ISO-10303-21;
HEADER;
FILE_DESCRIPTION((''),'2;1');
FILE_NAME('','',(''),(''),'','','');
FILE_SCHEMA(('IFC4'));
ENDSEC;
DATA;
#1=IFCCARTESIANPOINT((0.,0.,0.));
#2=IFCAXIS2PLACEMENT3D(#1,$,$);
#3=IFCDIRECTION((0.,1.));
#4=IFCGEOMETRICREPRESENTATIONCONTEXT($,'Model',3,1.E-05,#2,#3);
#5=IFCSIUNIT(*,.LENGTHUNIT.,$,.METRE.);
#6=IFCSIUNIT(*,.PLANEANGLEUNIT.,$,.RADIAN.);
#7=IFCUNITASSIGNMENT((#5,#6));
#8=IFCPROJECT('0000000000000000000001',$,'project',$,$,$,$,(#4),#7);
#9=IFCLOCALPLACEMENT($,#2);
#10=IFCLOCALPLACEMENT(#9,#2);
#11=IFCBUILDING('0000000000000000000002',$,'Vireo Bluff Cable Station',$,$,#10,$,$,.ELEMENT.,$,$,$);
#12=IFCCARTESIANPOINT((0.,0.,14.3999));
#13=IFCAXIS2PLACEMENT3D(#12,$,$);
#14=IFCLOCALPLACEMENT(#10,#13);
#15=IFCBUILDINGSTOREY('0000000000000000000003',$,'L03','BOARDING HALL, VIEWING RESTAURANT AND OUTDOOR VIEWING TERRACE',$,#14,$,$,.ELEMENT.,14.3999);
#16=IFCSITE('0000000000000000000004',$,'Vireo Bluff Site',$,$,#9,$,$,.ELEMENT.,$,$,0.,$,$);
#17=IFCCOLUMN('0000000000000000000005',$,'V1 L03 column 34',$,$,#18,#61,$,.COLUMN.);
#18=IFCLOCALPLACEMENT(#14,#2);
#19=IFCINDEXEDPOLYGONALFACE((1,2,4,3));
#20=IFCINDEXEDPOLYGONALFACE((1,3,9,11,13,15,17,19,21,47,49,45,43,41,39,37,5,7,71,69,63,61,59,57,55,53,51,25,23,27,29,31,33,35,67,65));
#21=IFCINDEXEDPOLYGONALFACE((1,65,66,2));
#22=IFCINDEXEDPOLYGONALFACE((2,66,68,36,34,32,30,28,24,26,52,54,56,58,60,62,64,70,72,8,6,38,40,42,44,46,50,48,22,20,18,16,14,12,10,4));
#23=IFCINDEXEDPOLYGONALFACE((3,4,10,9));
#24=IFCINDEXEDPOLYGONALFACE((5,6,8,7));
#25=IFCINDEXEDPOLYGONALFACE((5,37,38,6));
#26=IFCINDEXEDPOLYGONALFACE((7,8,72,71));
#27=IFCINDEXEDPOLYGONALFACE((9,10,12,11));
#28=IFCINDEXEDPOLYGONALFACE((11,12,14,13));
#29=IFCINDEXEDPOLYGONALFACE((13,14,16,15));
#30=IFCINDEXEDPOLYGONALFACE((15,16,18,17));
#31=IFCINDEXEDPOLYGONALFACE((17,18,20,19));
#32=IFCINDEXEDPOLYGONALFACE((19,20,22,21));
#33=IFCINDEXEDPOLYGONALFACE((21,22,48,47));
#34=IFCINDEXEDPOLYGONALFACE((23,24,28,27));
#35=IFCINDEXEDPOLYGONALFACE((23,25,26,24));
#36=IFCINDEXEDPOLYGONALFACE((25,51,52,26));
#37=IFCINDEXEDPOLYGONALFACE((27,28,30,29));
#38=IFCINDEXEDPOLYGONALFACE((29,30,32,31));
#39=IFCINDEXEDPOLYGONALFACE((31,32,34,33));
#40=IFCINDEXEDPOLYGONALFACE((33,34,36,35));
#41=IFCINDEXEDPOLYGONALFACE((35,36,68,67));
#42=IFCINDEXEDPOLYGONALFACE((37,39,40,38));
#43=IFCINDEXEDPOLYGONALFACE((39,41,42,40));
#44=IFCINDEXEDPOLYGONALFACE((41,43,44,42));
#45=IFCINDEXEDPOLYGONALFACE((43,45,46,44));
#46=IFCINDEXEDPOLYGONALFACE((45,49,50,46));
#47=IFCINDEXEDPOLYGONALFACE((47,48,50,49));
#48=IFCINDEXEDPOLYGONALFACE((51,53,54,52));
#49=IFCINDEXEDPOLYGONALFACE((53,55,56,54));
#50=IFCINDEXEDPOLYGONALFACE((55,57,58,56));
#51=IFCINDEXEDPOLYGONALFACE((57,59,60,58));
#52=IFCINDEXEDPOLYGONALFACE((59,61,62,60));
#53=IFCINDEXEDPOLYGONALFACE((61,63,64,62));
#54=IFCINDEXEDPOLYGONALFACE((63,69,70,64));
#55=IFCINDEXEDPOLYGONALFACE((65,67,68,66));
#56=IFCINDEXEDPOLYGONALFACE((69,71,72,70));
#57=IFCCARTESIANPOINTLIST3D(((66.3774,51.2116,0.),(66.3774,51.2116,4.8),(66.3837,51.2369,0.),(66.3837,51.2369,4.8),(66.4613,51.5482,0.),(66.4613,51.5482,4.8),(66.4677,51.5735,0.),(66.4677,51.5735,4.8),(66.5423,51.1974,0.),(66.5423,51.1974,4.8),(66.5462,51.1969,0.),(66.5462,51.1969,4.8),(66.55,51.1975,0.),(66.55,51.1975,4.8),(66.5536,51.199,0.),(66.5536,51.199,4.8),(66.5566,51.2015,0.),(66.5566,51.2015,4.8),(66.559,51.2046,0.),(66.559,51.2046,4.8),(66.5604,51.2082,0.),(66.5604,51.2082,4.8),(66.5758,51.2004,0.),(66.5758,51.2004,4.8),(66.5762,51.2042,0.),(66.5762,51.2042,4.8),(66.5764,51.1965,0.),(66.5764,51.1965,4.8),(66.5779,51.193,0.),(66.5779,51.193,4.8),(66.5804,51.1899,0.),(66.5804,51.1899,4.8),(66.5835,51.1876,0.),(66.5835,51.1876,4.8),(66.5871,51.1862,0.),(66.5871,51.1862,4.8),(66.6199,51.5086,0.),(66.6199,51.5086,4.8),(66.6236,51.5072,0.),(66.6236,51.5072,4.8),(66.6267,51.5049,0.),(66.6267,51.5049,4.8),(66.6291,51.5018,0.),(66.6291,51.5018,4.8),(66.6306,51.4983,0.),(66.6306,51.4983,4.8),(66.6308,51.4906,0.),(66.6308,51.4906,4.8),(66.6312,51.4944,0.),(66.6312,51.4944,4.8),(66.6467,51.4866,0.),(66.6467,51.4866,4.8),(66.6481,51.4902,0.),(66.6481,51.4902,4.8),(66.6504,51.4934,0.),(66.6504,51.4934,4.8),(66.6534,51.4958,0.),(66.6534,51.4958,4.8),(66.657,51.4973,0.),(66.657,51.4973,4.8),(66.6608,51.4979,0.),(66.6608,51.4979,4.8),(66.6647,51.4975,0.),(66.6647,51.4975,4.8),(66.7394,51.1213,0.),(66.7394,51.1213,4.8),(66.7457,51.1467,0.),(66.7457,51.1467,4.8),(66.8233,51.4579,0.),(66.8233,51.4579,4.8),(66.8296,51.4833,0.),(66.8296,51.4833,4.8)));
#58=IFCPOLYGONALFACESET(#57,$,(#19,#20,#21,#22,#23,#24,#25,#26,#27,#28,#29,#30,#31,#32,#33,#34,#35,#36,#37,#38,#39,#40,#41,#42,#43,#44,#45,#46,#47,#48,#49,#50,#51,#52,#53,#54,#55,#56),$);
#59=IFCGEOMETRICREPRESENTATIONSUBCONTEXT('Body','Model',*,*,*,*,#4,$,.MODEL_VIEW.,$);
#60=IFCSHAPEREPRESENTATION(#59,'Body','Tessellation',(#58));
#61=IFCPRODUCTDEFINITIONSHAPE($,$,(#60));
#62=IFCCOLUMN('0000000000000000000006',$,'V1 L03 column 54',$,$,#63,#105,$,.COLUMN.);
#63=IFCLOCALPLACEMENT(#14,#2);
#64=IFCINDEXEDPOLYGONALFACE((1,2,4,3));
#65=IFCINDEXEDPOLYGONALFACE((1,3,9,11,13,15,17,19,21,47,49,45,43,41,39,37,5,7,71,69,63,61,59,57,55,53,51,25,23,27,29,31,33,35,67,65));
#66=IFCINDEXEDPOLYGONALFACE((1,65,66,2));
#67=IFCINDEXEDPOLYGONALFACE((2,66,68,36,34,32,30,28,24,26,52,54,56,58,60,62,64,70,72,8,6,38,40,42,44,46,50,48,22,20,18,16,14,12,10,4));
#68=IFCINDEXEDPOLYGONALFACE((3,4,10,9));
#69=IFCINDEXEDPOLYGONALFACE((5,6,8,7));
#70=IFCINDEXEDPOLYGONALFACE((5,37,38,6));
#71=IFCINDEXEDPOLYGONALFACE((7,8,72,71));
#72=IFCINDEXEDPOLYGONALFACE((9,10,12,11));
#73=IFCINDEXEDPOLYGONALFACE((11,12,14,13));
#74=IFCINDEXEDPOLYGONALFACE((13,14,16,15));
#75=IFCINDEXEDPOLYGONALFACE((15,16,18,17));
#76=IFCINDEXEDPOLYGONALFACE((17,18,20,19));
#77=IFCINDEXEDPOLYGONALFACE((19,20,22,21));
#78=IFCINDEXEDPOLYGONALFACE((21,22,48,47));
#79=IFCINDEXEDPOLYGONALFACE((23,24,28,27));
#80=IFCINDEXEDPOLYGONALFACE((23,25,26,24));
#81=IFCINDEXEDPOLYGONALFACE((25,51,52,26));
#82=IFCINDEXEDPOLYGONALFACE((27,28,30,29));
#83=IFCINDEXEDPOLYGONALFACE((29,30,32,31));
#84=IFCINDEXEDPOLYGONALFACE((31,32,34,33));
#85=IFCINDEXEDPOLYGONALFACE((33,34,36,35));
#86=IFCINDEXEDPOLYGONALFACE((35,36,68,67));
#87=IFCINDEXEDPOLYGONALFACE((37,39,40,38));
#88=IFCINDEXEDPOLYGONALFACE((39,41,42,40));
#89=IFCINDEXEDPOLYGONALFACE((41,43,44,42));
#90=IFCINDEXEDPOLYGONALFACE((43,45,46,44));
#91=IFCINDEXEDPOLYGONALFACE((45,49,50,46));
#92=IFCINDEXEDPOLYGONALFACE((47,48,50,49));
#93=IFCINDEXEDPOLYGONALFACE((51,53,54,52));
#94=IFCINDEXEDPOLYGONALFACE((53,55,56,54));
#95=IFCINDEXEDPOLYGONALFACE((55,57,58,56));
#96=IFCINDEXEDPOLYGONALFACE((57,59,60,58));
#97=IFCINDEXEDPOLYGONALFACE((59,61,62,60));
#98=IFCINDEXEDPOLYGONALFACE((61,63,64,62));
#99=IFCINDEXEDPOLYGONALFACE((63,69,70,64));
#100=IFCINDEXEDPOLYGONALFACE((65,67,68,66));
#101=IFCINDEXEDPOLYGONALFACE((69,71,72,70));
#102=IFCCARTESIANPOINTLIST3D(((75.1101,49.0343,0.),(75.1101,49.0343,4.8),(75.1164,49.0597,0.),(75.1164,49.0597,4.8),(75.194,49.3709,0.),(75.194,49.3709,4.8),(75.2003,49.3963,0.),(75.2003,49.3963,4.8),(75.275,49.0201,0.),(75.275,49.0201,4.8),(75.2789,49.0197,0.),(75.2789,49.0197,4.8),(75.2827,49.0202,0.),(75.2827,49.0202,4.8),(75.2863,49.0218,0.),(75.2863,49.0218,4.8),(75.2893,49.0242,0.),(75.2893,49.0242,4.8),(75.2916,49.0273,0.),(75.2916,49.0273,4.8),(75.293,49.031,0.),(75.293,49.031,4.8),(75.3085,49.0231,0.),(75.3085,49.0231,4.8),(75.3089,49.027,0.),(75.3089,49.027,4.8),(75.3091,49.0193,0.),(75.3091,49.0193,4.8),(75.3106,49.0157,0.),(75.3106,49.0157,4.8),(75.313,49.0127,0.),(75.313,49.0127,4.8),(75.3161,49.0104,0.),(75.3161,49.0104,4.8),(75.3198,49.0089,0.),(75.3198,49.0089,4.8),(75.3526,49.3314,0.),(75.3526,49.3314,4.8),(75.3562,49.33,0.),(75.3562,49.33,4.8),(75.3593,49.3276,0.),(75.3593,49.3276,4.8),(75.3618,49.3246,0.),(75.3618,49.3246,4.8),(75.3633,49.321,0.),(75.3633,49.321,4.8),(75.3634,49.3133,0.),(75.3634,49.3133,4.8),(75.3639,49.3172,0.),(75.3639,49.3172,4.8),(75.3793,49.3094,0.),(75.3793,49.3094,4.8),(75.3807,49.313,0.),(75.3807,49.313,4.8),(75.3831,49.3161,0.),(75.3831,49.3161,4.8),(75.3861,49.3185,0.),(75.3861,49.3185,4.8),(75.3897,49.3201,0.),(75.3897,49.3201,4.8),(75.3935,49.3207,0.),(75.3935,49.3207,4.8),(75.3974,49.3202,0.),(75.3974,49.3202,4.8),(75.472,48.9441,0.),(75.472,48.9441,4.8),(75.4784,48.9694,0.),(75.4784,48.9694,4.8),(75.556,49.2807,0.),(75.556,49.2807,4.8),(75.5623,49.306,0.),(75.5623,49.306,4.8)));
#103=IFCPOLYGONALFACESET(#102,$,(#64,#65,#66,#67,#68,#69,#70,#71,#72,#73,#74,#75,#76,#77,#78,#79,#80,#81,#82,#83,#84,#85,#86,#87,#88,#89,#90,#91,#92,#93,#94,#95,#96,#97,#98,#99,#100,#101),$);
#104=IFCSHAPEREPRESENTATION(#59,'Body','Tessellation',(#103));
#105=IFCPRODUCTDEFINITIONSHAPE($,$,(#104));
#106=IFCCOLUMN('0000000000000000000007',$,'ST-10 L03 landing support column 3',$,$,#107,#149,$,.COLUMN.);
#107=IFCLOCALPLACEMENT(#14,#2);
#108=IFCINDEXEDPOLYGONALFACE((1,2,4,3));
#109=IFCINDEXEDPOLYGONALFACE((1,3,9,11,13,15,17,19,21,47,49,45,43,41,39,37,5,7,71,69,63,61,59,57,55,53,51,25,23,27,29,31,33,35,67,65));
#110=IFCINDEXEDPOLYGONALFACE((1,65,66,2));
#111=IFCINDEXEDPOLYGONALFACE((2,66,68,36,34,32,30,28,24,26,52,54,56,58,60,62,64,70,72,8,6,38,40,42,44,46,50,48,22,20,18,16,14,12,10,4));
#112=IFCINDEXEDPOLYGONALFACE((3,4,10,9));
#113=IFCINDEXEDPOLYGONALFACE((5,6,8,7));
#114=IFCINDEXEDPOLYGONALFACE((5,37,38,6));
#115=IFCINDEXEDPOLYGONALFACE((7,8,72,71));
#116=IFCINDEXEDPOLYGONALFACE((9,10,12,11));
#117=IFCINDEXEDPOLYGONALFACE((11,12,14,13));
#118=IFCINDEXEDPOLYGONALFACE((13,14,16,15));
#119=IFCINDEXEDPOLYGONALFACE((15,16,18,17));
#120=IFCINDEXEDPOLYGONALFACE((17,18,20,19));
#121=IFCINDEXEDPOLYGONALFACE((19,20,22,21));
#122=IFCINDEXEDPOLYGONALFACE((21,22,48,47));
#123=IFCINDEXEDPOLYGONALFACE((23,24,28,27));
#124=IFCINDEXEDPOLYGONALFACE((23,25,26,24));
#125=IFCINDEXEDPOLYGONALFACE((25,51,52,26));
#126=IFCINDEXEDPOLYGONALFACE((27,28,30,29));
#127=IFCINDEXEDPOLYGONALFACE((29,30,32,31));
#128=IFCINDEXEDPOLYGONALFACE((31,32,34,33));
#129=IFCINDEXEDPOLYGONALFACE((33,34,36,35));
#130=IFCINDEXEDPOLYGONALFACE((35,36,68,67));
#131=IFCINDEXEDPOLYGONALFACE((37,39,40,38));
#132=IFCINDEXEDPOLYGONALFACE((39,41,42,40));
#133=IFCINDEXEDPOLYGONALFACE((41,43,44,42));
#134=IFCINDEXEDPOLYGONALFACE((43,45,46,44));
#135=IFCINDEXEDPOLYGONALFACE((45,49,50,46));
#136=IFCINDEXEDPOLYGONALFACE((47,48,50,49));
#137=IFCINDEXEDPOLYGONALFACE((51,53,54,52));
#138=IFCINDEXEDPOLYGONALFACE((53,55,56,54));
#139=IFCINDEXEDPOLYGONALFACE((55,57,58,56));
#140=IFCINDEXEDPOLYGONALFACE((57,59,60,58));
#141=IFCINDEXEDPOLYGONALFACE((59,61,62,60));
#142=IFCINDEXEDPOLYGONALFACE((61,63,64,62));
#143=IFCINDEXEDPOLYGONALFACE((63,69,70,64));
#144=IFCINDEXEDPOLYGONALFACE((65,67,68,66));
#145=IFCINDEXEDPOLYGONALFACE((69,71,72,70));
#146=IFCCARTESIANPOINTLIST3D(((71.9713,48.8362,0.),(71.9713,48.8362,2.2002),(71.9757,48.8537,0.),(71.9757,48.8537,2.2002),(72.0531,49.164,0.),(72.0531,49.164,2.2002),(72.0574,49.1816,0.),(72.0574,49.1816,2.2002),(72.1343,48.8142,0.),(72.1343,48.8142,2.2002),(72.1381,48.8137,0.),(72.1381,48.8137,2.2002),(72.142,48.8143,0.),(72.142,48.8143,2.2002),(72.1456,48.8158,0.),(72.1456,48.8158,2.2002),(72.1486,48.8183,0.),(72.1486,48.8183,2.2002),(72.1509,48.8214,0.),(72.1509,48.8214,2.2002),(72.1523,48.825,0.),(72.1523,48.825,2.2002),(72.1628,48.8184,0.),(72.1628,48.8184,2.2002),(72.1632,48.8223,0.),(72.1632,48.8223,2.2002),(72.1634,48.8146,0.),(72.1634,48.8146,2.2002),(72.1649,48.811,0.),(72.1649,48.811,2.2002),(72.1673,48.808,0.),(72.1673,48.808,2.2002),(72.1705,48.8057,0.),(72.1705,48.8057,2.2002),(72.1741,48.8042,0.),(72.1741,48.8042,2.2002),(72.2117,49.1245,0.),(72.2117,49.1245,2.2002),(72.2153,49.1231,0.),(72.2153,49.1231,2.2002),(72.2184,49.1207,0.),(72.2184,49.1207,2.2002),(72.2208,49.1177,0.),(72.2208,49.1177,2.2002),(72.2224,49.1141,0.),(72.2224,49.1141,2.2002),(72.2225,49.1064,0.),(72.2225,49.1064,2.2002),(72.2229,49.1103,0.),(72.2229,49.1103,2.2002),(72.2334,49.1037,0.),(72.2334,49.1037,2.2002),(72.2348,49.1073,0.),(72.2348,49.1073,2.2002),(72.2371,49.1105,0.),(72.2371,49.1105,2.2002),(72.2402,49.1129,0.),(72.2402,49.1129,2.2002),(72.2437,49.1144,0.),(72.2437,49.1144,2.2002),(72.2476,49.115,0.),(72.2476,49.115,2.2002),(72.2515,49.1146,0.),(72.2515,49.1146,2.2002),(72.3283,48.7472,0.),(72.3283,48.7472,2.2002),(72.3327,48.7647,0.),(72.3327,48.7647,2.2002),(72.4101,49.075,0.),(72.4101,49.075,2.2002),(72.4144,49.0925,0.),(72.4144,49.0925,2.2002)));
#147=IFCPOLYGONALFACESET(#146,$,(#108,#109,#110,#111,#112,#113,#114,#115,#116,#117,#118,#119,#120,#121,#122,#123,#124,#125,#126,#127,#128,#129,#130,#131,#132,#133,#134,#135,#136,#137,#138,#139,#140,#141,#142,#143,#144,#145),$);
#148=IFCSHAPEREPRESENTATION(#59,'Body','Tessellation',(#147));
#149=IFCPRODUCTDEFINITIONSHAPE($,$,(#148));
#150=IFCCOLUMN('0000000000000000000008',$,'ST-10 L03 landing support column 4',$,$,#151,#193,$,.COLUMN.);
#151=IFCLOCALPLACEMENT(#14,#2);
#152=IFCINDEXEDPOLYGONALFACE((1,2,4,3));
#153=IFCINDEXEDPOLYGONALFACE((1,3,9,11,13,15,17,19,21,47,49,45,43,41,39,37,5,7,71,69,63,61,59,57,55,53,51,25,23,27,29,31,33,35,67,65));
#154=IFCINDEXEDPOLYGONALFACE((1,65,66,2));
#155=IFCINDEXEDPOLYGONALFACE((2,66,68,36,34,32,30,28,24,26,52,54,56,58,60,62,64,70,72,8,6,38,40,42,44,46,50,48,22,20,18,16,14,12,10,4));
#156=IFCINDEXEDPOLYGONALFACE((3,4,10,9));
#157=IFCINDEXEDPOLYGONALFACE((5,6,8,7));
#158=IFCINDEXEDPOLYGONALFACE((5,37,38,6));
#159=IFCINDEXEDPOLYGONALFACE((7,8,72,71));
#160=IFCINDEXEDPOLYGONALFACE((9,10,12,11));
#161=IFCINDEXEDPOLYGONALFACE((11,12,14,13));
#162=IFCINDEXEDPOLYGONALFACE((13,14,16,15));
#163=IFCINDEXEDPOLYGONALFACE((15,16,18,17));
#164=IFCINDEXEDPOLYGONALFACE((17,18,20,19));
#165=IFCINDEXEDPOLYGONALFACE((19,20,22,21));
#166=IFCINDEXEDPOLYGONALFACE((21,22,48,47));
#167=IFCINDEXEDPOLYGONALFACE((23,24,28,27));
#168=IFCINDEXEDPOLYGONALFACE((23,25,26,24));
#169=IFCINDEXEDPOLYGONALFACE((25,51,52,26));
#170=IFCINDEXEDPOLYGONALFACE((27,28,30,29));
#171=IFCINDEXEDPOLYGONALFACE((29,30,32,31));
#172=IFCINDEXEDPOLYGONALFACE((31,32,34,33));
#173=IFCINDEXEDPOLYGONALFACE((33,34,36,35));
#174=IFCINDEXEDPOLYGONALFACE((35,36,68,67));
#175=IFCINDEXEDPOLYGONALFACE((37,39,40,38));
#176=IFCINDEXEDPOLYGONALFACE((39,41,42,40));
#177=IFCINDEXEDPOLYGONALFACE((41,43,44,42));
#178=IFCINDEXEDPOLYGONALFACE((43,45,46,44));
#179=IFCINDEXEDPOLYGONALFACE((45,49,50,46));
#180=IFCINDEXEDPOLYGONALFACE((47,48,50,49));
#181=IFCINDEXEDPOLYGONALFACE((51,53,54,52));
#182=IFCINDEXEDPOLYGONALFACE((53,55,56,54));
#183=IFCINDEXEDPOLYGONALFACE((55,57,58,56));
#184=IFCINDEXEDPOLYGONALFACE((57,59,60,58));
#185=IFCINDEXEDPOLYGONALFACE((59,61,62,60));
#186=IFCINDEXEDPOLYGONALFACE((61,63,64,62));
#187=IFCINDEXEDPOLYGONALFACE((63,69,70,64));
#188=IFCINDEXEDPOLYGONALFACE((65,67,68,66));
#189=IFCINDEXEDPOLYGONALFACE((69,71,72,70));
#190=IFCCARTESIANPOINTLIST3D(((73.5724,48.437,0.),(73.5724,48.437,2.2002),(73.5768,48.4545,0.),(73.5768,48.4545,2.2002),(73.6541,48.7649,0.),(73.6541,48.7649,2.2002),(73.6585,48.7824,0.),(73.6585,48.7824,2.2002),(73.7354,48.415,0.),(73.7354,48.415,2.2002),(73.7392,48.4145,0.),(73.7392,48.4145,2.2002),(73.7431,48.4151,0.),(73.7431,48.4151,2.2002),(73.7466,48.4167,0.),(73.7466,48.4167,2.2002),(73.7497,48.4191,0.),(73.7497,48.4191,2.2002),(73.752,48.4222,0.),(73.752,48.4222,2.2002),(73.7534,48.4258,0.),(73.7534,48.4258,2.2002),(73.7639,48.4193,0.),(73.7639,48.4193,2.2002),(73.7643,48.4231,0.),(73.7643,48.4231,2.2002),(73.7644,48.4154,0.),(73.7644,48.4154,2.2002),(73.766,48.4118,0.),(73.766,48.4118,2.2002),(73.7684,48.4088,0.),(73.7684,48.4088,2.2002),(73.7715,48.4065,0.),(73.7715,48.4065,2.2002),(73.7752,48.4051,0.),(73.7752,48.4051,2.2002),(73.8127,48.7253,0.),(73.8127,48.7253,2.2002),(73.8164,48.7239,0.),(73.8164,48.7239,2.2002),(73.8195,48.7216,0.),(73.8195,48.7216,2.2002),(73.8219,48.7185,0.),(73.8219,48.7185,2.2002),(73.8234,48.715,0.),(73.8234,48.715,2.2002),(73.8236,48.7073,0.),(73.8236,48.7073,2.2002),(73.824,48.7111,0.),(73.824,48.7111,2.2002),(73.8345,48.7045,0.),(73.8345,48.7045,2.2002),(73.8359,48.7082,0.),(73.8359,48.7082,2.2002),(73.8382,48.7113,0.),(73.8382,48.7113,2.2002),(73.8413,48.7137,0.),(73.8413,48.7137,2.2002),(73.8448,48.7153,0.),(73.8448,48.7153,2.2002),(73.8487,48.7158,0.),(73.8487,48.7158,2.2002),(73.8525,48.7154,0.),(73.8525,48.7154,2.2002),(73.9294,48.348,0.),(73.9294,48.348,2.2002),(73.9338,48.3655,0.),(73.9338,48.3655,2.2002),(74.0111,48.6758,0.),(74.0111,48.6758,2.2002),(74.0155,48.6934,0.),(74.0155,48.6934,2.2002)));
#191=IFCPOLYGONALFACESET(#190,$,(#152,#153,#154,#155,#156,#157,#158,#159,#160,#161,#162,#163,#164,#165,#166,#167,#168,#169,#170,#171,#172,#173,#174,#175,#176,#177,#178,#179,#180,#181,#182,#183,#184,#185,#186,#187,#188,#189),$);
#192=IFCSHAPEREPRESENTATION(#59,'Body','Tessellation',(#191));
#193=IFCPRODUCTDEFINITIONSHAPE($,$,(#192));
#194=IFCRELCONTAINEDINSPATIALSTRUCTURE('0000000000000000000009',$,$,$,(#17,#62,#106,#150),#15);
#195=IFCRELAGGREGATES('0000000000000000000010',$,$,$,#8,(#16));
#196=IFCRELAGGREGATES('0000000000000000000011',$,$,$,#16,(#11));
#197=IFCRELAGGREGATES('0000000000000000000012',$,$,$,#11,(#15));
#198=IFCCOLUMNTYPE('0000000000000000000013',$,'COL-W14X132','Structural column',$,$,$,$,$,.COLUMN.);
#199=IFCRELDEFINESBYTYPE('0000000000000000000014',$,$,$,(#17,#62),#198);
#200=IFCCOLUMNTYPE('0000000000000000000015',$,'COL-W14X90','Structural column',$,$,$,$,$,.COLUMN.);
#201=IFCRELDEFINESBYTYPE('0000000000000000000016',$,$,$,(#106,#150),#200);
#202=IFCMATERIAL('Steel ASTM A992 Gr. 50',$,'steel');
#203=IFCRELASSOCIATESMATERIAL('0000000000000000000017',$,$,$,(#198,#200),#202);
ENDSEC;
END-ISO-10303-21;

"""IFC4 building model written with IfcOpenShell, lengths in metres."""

from ifc_helpers import new_model, si_unit, direction, frame, origin, origin_2d, place, context, subcontext, project, spatial, i_section, extrude, material, material_profile, profile_set, type_object, element, save


model = new_model("IFC4")

# Units and contexts
model_context = context("Model", 3, precision=1e-05, world=origin(), true_north=direction((0.0, 1.0)))
body_context = subcontext(model_context, "Body", "Model", "MODEL_VIEW")
ifc_project = project(units=[si_unit("LENGTHUNIT", "METRE"), si_unit("PLANEANGLEUNIT", "RADIAN")], contexts=[model_context])

# Site, building, storey
site_placement = place(None, origin())
site = spatial("IfcSite", under=ifc_project, at=site_placement, Name="Vireo Bluff Site", CompositionType="ELEMENT", RefElevation=0.0)
building_placement = place(site_placement, origin())
building = spatial("IfcBuilding", under=site, at=building_placement, Name="Vireo Bluff Cable Station", CompositionType="ELEMENT")
storey_placement = place(building_placement, frame((0.0, 0.0, 14.3999)))
storey = spatial("IfcBuildingStorey", under=building, at=storey_placement, Name="L03", Description="BOARDING HALL, VIEWING RESTAURANT AND OUTDOOR VIEWING TERRACE", CompositionType="ELEMENT", Elevation=14.3999)

# Columns
ifc_material_1 = material(Name="Steel ASTM A992 Gr. 50", Category="steel")
ifc_material_profile_1 = material_profile(ifc_material_1, i_section(OverallWidth=0.373, OverallDepth=0.373, WebThickness=0.0164, FlangeThickness=0.0261, FilletRadius=0.0149, at=origin_2d()), Name="W14X132")
ifc_profile_set_1 = profile_set([ifc_material_profile_1], Name="Steel ASTM A992 Gr. 50")
column_type_1 = type_object("IfcColumnType", Name="COL-W14X132", Description="Structural column", PredefinedType="COLUMN", material=ifc_profile_set_1)
for number, where, z_axis, x_axis, name in (
    (1, (66.6035, 51.3474, 0.0), (0.0, 0.0, 1.0), (0.970296, -0.241922, 0.0), "V1 L03 column 34"),
    (2, (75.3362, 49.1702, 0.0), (0.0, 0.0, 1.0), (0.970296, -0.241922, 0.0), "V1 L03 column 54"),
):
    element("IfcColumn", number, at=place(storey_placement, frame(where, z_axis=z_axis, x_axis=x_axis)), inside=storey, type_object=column_type_1, Name=name, PredefinedType="COLUMN", context=body_context, shape_type="SweptSolid", body=[
        extrude(i_section(OverallWidth=0.373, OverallDepth=0.373, WebThickness=0.0164, FlangeThickness=0.0261, FilletRadius=0.0149, at=origin_2d()), origin(), (0.0, 0.0, 1.0), 4.8),
    ])
ifc_material_profile_2 = material_profile(ifc_material_1, i_section(OverallWidth=0.3679, OverallDepth=0.356, WebThickness=0.0112, FlangeThickness=0.0181, FilletRadius=0.0149, at=origin_2d()), Name="W14X90")
ifc_profile_set_2 = profile_set([ifc_material_profile_2], Name="Steel ASTM A992 Gr. 50")
column_type_2 = type_object("IfcColumnType", Name="COL-W14X90", Description="Structural column", PredefinedType="COLUMN", material=ifc_profile_set_2)
for number, where, z_axis, x_axis, name in (
    (3, (72.1929, 48.9644, 0.0), (0.0, 0.0, 1.0), (0.970296, -0.241922, 0.0), "ST-10 L03 landing support column 3"),
    (4, (73.7939, 48.5652, 0.0), (0.0, 0.0, 1.0), (0.970296, -0.241922, 0.0), "ST-10 L03 landing support column 4"),
):
    element("IfcColumn", number, at=place(storey_placement, frame(where, z_axis=z_axis, x_axis=x_axis)), inside=storey, type_object=column_type_2, Name=name, PredefinedType="COLUMN", context=body_context, shape_type="SweptSolid", body=[
        extrude(i_section(OverallWidth=0.3679, OverallDepth=0.356, WebThickness=0.0112, FlangeThickness=0.0181, FilletRadius=0.0149, at=origin_2d()), origin(), (0.0, 0.0, 1.0), 2.2002),
    ])

save(model, "model.ifc")
